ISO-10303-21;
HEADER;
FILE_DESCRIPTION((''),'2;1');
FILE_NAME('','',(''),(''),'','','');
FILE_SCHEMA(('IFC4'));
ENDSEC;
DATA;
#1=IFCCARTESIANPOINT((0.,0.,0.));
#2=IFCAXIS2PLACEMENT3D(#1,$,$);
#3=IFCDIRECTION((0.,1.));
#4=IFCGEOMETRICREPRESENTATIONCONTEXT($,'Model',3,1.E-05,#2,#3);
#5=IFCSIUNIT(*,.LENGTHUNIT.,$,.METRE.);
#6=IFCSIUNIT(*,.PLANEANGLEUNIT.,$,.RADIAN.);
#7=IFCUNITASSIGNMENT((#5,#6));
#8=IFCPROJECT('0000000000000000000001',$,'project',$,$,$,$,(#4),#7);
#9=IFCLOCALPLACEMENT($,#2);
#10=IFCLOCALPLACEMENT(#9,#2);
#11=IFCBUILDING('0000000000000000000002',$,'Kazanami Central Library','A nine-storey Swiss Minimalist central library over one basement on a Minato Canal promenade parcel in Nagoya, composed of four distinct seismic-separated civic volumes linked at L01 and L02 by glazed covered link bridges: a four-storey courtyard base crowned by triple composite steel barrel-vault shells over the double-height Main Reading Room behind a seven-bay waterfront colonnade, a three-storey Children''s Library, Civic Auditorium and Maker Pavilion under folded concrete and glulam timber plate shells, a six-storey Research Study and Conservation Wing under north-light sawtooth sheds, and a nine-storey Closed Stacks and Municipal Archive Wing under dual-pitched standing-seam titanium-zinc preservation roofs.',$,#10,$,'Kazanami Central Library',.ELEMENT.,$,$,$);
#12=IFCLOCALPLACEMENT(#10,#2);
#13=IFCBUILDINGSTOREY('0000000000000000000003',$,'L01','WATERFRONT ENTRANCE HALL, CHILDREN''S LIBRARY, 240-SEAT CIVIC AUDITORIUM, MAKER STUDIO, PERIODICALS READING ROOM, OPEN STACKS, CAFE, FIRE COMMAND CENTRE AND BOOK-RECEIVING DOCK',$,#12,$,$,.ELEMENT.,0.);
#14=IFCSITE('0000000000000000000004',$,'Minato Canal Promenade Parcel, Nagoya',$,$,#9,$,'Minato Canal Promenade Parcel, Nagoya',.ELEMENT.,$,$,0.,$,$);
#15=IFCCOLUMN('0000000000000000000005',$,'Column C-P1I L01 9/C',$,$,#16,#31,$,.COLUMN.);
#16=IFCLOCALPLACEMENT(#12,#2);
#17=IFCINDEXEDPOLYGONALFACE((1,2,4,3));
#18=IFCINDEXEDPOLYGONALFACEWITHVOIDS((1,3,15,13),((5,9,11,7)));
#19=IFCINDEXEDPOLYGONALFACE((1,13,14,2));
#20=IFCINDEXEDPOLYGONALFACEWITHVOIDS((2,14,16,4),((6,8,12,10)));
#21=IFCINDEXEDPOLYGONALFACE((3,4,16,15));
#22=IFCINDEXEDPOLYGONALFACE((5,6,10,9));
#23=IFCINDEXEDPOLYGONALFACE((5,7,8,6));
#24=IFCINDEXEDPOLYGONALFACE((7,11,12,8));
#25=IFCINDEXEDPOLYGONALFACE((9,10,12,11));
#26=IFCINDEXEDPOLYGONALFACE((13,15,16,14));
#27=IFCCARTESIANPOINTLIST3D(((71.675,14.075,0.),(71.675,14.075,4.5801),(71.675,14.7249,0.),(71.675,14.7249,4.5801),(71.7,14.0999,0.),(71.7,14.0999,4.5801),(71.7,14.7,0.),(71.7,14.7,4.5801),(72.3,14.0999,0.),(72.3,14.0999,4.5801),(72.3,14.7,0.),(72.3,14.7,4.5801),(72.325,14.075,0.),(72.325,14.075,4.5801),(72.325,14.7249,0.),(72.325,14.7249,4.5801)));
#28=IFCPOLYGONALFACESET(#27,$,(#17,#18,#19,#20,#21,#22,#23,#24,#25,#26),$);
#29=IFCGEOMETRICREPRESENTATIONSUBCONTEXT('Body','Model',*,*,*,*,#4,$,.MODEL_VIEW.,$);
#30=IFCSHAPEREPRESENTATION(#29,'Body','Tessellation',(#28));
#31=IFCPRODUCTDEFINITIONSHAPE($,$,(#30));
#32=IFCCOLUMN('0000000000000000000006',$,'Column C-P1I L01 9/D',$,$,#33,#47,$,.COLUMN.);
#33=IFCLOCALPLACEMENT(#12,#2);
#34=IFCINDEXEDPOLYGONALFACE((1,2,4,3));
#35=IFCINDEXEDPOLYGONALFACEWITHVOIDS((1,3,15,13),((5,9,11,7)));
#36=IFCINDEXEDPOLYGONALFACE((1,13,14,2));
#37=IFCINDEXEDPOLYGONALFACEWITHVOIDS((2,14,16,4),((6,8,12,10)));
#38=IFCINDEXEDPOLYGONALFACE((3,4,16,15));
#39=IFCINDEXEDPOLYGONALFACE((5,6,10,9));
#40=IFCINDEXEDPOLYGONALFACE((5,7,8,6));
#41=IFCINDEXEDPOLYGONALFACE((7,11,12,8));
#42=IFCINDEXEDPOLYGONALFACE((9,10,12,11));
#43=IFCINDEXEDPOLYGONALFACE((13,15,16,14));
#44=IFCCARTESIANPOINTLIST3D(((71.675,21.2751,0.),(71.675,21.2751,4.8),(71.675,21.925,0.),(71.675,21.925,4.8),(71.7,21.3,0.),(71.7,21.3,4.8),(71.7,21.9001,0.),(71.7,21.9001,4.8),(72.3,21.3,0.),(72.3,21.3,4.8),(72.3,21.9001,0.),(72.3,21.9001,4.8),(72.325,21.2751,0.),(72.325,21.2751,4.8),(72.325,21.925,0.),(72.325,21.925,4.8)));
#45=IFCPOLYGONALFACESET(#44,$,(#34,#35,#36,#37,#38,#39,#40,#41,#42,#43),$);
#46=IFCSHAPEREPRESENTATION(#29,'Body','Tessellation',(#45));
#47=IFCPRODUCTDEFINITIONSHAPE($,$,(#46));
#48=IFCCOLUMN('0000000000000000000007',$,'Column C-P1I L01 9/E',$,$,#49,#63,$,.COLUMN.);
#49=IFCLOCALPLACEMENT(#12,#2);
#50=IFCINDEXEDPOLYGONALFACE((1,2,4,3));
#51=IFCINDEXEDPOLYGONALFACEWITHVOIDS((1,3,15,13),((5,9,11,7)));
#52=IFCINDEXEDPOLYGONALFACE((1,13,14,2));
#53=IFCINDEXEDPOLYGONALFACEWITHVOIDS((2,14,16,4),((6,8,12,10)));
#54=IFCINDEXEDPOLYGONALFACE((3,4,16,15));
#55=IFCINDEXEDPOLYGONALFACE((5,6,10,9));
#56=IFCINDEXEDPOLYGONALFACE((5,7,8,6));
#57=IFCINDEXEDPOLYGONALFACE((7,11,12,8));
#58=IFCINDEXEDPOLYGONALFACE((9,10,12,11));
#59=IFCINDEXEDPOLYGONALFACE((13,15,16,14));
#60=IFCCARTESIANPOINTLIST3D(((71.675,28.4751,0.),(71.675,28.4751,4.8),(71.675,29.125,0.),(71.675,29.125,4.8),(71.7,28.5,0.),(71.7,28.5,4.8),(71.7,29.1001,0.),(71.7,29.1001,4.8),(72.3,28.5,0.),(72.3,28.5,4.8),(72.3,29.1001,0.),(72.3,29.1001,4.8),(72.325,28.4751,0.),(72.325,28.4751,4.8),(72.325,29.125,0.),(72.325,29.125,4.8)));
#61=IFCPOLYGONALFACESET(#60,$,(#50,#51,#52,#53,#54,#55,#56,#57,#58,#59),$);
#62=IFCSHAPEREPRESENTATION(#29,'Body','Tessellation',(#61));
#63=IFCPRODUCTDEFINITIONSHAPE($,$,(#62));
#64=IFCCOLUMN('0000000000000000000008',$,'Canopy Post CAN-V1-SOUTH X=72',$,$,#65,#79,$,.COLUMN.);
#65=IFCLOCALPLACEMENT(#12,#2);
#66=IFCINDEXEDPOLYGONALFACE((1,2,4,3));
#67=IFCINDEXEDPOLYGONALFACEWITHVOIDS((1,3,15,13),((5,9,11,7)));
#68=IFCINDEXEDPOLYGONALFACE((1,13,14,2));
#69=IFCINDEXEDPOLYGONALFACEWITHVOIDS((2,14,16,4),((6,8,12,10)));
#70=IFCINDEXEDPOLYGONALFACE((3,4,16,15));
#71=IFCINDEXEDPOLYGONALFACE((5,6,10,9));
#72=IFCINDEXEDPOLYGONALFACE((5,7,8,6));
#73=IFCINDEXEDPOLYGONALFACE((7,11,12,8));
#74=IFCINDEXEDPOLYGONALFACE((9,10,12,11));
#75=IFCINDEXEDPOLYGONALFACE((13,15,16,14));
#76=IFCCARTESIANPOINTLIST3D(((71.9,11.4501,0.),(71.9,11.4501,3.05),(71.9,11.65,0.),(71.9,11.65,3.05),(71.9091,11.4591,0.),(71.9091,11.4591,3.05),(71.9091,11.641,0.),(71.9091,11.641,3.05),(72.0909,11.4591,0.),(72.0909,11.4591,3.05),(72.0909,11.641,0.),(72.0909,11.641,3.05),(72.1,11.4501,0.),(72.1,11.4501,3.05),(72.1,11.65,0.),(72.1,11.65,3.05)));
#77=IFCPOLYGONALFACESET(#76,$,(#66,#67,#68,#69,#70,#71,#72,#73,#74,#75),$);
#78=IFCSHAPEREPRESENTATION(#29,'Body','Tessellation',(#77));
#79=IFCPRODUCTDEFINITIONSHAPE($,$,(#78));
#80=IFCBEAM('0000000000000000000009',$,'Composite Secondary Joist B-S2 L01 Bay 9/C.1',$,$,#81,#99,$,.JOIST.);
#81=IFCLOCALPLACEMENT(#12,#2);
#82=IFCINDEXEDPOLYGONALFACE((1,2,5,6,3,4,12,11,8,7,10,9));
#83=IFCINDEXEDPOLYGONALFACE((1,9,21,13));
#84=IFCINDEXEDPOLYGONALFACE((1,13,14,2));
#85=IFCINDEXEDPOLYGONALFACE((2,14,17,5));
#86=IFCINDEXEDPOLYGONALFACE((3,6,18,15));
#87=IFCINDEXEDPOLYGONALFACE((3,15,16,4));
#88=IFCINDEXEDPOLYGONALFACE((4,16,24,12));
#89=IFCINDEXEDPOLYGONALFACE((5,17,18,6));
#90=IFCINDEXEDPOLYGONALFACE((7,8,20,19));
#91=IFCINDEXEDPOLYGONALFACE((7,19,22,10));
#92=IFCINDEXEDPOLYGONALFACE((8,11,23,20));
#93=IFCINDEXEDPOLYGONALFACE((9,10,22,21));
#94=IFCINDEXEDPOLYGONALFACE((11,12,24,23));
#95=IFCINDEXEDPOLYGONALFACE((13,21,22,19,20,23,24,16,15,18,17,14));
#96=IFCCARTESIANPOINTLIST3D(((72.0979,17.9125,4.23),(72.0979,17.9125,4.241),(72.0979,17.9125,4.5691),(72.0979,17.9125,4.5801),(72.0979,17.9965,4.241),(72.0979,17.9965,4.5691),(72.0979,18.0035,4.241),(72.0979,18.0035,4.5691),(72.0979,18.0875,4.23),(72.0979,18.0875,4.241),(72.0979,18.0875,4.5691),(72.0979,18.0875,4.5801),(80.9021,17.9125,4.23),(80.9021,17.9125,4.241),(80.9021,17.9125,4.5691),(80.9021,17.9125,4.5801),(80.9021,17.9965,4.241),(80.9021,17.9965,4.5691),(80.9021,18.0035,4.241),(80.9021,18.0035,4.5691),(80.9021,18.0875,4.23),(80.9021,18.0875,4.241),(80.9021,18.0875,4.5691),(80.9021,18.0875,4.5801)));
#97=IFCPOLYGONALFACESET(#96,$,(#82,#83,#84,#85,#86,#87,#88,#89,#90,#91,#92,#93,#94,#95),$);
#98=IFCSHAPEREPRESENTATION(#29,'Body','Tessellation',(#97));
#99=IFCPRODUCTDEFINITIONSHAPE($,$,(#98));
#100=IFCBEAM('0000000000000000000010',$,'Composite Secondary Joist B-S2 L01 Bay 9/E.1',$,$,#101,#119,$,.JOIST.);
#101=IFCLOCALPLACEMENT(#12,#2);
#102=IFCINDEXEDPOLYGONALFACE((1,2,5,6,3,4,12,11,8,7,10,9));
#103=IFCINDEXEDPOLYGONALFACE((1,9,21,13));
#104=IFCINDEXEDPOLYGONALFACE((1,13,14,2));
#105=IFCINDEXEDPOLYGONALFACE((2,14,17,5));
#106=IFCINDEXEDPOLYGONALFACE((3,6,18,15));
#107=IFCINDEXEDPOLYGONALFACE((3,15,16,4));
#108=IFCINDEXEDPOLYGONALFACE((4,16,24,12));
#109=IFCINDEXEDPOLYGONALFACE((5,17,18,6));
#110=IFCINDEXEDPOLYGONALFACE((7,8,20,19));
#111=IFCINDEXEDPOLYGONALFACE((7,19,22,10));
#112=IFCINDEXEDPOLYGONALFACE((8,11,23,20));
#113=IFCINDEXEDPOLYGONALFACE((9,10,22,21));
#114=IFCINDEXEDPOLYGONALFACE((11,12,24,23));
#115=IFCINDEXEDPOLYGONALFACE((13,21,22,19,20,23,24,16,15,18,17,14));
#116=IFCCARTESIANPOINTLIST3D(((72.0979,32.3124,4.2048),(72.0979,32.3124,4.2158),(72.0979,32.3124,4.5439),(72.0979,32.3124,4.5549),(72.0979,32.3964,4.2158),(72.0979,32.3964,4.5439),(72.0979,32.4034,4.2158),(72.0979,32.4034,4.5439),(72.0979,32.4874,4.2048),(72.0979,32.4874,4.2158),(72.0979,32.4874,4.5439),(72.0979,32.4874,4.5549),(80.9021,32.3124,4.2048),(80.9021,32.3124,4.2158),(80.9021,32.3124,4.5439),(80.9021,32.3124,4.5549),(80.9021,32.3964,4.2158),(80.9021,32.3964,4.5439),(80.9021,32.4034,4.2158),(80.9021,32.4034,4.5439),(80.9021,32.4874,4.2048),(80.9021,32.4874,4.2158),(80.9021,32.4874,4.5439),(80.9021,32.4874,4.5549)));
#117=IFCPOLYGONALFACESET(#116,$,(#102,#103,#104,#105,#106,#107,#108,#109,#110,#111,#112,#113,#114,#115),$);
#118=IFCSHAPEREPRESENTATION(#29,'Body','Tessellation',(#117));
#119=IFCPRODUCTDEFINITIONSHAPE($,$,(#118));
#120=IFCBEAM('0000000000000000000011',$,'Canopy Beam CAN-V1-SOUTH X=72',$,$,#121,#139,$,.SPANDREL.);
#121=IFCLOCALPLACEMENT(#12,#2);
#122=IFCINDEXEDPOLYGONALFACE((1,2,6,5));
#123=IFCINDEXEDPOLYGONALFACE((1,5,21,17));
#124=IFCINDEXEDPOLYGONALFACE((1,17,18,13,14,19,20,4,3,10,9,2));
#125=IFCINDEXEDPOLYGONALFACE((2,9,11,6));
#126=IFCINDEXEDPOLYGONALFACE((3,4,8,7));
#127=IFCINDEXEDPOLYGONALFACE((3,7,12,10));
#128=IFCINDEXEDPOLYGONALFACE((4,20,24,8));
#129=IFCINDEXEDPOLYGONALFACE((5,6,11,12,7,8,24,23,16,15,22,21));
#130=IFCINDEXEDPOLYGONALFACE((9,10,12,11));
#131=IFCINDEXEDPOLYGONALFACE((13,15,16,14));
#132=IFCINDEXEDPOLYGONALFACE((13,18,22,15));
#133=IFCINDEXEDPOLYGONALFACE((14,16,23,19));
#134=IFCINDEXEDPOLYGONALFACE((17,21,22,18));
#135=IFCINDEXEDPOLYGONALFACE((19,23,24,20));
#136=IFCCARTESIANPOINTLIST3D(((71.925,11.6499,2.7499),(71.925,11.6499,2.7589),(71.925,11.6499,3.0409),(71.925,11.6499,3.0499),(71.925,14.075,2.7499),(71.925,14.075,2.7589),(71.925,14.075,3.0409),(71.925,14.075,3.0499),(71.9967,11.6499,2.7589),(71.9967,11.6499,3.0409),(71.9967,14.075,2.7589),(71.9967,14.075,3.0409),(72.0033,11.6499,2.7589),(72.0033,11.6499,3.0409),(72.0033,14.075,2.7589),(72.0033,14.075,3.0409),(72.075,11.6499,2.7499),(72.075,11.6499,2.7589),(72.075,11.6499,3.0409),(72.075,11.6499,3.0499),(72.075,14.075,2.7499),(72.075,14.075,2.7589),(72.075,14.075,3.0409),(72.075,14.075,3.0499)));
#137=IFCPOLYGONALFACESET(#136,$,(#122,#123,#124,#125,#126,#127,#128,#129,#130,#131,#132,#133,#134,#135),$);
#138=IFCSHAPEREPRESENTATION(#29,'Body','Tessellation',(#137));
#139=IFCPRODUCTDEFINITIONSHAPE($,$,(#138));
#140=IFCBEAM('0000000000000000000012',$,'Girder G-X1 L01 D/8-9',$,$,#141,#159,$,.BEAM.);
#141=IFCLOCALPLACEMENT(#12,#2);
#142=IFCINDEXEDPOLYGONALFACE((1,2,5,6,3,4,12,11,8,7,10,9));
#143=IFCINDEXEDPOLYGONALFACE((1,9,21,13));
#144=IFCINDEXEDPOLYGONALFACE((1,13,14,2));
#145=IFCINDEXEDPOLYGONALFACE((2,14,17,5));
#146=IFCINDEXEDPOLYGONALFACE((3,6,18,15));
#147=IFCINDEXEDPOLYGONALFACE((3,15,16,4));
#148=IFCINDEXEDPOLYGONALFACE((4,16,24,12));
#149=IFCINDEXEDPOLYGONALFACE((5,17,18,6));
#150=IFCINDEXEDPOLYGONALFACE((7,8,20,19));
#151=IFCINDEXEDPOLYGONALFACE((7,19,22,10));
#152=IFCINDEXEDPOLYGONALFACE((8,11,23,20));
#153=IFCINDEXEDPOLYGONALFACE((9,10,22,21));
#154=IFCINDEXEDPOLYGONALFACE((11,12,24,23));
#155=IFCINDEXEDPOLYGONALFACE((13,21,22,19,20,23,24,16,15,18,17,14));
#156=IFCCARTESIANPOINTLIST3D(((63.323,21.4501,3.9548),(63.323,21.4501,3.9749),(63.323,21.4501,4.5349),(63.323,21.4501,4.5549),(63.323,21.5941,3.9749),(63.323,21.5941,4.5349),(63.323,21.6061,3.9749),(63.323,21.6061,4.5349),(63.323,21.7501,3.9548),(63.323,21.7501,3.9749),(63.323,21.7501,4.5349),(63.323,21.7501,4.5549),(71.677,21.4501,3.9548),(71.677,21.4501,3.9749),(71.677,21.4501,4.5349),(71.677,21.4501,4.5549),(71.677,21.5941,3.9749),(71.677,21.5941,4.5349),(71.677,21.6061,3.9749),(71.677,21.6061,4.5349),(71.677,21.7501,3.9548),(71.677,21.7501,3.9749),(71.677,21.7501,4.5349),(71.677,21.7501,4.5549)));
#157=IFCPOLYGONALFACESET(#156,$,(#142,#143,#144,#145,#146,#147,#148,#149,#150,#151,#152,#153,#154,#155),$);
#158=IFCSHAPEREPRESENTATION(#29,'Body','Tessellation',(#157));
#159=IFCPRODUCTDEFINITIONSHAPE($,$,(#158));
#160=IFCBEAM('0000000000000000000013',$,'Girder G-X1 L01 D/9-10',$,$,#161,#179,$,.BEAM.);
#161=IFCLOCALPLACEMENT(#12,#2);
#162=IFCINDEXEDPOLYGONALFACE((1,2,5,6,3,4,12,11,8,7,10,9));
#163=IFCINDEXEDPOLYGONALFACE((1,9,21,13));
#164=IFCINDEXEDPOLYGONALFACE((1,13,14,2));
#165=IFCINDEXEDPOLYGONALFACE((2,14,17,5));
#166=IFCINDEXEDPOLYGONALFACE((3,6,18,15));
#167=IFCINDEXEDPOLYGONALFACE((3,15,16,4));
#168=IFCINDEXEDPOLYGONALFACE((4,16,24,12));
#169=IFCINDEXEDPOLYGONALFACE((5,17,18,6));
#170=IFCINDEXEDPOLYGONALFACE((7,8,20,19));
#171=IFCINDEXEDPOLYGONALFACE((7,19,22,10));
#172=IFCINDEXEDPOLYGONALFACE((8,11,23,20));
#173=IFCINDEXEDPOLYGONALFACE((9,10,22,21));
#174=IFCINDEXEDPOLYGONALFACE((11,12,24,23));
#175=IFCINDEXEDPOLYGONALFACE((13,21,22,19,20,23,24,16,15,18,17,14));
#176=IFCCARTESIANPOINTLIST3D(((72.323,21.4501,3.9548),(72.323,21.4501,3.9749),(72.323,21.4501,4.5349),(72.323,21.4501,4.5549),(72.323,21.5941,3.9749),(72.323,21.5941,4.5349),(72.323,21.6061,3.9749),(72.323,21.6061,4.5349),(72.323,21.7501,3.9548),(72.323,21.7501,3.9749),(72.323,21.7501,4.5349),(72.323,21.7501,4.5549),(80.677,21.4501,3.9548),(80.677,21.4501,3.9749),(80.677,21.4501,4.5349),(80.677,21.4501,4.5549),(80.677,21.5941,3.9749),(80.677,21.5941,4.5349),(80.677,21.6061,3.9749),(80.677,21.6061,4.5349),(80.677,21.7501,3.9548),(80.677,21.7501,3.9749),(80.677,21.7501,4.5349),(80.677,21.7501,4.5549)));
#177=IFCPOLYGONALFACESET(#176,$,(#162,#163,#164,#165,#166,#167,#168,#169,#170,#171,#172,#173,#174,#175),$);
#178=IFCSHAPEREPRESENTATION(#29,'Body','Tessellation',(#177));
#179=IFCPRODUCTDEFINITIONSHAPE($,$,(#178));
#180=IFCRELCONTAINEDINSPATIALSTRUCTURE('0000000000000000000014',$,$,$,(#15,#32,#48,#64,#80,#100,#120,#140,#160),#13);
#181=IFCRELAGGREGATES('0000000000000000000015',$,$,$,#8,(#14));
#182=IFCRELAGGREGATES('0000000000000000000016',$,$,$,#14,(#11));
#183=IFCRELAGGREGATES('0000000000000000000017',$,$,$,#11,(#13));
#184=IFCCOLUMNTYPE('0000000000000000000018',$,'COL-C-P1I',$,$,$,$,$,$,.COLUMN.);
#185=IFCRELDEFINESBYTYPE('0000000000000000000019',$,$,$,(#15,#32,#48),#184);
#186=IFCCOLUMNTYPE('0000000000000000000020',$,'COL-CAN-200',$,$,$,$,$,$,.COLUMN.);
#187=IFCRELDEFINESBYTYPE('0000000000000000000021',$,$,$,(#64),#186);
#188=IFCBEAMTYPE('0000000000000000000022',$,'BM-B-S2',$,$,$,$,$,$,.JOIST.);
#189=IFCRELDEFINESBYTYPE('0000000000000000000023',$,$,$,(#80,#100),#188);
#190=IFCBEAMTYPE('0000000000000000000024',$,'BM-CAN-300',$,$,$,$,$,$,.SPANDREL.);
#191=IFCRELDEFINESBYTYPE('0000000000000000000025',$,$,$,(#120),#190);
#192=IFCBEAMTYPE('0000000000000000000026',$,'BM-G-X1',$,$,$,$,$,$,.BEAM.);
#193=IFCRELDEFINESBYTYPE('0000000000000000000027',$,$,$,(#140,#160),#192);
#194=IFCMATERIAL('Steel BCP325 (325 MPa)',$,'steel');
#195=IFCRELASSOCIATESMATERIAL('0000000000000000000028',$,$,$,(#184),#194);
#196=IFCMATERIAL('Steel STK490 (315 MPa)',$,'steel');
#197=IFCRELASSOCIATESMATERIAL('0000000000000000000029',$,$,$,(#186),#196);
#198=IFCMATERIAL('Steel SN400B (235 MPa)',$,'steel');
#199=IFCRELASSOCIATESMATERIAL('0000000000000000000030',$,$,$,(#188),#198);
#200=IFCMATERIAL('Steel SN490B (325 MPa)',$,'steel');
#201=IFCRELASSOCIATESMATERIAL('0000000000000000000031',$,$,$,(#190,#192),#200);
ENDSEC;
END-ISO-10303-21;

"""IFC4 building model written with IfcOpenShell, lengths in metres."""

from ifc_helpers import new_model, si_unit, direction, frame, origin, origin_2d, place, context, subcontext, project, spatial, hollow_rectangle, i_section, extrude, material, material_profile, profile_set, type_object, element, save


model = new_model("IFC4")

# Units and contexts
model_context = context("Model", 3, precision=1e-05, world=origin(), true_north=direction((0.0, 1.0)))
body_context = subcontext(model_context, "Body", "Model", "MODEL_VIEW")
ifc_project = project(units=[si_unit("LENGTHUNIT", "METRE"), si_unit("PLANEANGLEUNIT", "RADIAN")], contexts=[model_context])

# Site, building, storey
site_placement = place(None, origin())
site = spatial("IfcSite", under=ifc_project, at=site_placement, Name="Minato Canal Promenade Parcel, Nagoya", LongName="Minato Canal Promenade Parcel, Nagoya", CompositionType="ELEMENT", RefElevation=0.0)
building_placement = place(site_placement, origin())
building = spatial("IfcBuilding", under=site, at=building_placement, Name="Kazanami Central Library", Description="A nine-storey Swiss Minimalist central library over one basement on a Minato Canal promenade parcel in Nagoya, composed of four distinct seismic-separated civic volumes linked at L01 and L02 by glazed covered link bridges: a four-storey courtyard base crowned by triple composite steel barrel-vault shells over the double-height Main Reading Room behind a seven-bay waterfront colonnade, a three-storey Children's Library, Civic Auditorium and Maker Pavilion under folded concrete and glulam timber plate shells, a six-storey Research Study and Conservation Wing under north-light sawtooth sheds, and a nine-storey Closed Stacks and Municipal Archive Wing under dual-pitched standing-seam titanium-zinc preservation roofs.", LongName="Kazanami Central Library", CompositionType="ELEMENT")
storey_placement = place(building_placement, origin())
storey = spatial("IfcBuildingStorey", under=building, at=storey_placement, Name="L01", Description="WATERFRONT ENTRANCE HALL, CHILDREN'S LIBRARY, 240-SEAT CIVIC AUDITORIUM, MAKER STUDIO, PERIODICALS READING ROOM, OPEN STACKS, CAFE, FIRE COMMAND CENTRE AND BOOK-RECEIVING DOCK", CompositionType="ELEMENT", Elevation=0.0)

# Columns
ifc_material_1 = material(Name="Steel BCP325 (325 MPa)", Category="steel")
ifc_material_profile_1 = material_profile(ifc_material_1, hollow_rectangle(XDim=0.6499, YDim=0.6499, WallThickness=0.0249, at=origin_2d()), Name="BCP-650x650x25")
ifc_profile_set_1 = profile_set([ifc_material_profile_1], Name="Steel BCP325 (325 MPa)")
column_type_1 = type_object("IfcColumnType", Name="COL-C-P1I", PredefinedType="COLUMN", material=ifc_profile_set_1)
column_1_placement = place(storey_placement, frame((72.0, 14.3999, 0.0), z_axis=(0.0, 0.0, 1.0), x_axis=(1.0, 0.0, 0.0)))
element("IfcColumn", 1, at=column_1_placement, inside=storey, type_object=column_type_1, Name="Column C-P1I L01 9/C", PredefinedType="COLUMN", context=body_context, shape_type="SweptSolid", body=[
    extrude(hollow_rectangle(XDim=0.6499, YDim=0.6499, WallThickness=0.0249, at=origin_2d()), origin(), (0.0, 0.0, 1.0), 4.5801),
])
for number, where, z_axis, x_axis, name in (
    (2, (72.0, 21.6001, 0.0), (0.0, 0.0, 1.0), (1.0, 0.0, 0.0), "Column C-P1I L01 9/D"),
    (3, (72.0, 28.8, 0.0), (0.0, 0.0, 1.0), (1.0, 0.0, 0.0), "Column C-P1I L01 9/E"),
):
    element("IfcColumn", number, at=place(storey_placement, frame(where, z_axis=z_axis, x_axis=x_axis)), inside=storey, type_object=column_type_1, Name=name, PredefinedType="COLUMN", context=body_context, shape_type="SweptSolid", body=[
        extrude(hollow_rectangle(XDim=0.6499, YDim=0.6499, WallThickness=0.0249, at=origin_2d()), origin(), (0.0, 0.0, 1.0), 4.8),
    ])
ifc_material_2 = material(Name="Steel STK490 (315 MPa)", Category="steel")
ifc_material_profile_2 = material_profile(ifc_material_2, hollow_rectangle(XDim=0.2, YDim=0.2, WallThickness=0.009, at=origin_2d()), Name="STKR-200x200x9")
ifc_profile_set_2 = profile_set([ifc_material_profile_2], Name="Steel STK490 (315 MPa)")
column_type_2 = type_object("IfcColumnType", Name="COL-CAN-200", PredefinedType="COLUMN", material=ifc_profile_set_2)
column_2_placement = place(storey_placement, frame((72.0, 11.55, 0.0), z_axis=(0.0, 0.0, 1.0), x_axis=(1.0, 0.0, 0.0)))
element("IfcColumn", 4, at=column_2_placement, inside=storey, type_object=column_type_2, Name="Canopy Post CAN-V1-SOUTH X=72", PredefinedType="COLUMN", context=body_context, shape_type="SweptSolid", body=[
    extrude(hollow_rectangle(XDim=0.2, YDim=0.2, WallThickness=0.009, at=origin_2d()), origin(), (0.0, 0.0, 1.0), 3.05),
])

# Beams
ifc_material_3 = material(Name="Steel SN400B (235 MPa)", Category="steel")
ifc_material_profile_3 = material_profile(ifc_material_3, i_section(OverallWidth=0.175, OverallDepth=0.3501, WebThickness=0.0071, FlangeThickness=0.011, at=origin_2d()), Name="H-350x175x7x11")
ifc_profile_set_3 = profile_set([ifc_material_profile_3], Name="Steel SN400B (235 MPa)")
beam_type_1 = type_object("IfcBeamType", Name="BM-B-S2", PredefinedType="JOIST", material=ifc_profile_set_3)
for number, where, z_axis, x_axis, name in (
    (5, (72.0979, 18.0, 4.405), (1.0, 0.0, 0.0), (0.0, 1.0, 0.0), "Composite Secondary Joist B-S2 L01 Bay 9/C.1"),
    (6, (72.0979, 32.3999, 4.3799), (1.0, 0.0, 0.0), (0.0, 1.0, 0.0), "Composite Secondary Joist B-S2 L01 Bay 9/E.1"),
):
    element("IfcBeam", number, at=place(storey_placement, frame(where, z_axis=z_axis, x_axis=x_axis)), inside=storey, type_object=beam_type_1, Name=name, PredefinedType="JOIST", context=body_context, shape_type="SweptSolid", body=[
        extrude(i_section(OverallWidth=0.175, OverallDepth=0.3501, WebThickness=0.0071, FlangeThickness=0.011, at=origin_2d()), origin(), (0.0, 0.0, 1.0), 8.8042),
    ])
ifc_material_4 = material(Name="Steel SN490B (325 MPa)", Category="steel")
ifc_material_profile_4 = material_profile(ifc_material_4, i_section(OverallWidth=0.1499, OverallDepth=0.3, WebThickness=0.0066, FlangeThickness=0.009, at=origin_2d()), Name="H-300x150x6.5x9")
ifc_profile_set_4 = profile_set([ifc_material_profile_4], Name="Steel SN490B (325 MPa)")
beam_type_2 = type_object("IfcBeamType", Name="BM-CAN-300", PredefinedType="SPANDREL", material=ifc_profile_set_4)
beam_1_placement = place(storey_placement, frame((72.0, 14.075, 2.8999), z_axis=(0.0, -1.0, 0.0), x_axis=(1.0, 0.0, 0.0)))
element("IfcBeam", 7, at=beam_1_placement, inside=storey, type_object=beam_type_2, Name="Canopy Beam CAN-V1-SOUTH X=72", PredefinedType="SPANDREL", context=body_context, shape_type="SweptSolid", body=[
    extrude(i_section(OverallWidth=0.1499, OverallDepth=0.3, WebThickness=0.0066, FlangeThickness=0.009, at=origin_2d()), origin(), (0.0, 0.0, 1.0), 2.425),
])
ifc_material_profile_5 = material_profile(ifc_material_4, i_section(OverallWidth=0.3, OverallDepth=0.6001, WebThickness=0.012, FlangeThickness=0.02, at=origin_2d()), Name="H-600x300x12x20")
ifc_profile_set_5 = profile_set([ifc_material_profile_5], Name="Steel SN490B (325 MPa)")
beam_type_3 = type_object("IfcBeamType", Name="BM-G-X1", PredefinedType="BEAM", material=ifc_profile_set_5)
for number, where, z_axis, x_axis, name in (
    (8, (63.323, 21.6001, 4.2549), (1.0, 0.0, 0.0), (0.0, 1.0, 0.0), "Girder G-X1 L01 D/8-9"),
    (9, (72.323, 21.6001, 4.2549), (1.0, 0.0, 0.0), (0.0, 1.0, 0.0), "Girder G-X1 L01 D/9-10"),
):
    element("IfcBeam", number, at=place(storey_placement, frame(where, z_axis=z_axis, x_axis=x_axis)), inside=storey, type_object=beam_type_3, Name=name, PredefinedType="BEAM", context=body_context, shape_type="SweptSolid", body=[
        extrude(i_section(OverallWidth=0.3, OverallDepth=0.6001, WebThickness=0.012, FlangeThickness=0.02, at=origin_2d()), origin(), (0.0, 0.0, 1.0), 8.354),
    ])

save(model, "model.ifc")
